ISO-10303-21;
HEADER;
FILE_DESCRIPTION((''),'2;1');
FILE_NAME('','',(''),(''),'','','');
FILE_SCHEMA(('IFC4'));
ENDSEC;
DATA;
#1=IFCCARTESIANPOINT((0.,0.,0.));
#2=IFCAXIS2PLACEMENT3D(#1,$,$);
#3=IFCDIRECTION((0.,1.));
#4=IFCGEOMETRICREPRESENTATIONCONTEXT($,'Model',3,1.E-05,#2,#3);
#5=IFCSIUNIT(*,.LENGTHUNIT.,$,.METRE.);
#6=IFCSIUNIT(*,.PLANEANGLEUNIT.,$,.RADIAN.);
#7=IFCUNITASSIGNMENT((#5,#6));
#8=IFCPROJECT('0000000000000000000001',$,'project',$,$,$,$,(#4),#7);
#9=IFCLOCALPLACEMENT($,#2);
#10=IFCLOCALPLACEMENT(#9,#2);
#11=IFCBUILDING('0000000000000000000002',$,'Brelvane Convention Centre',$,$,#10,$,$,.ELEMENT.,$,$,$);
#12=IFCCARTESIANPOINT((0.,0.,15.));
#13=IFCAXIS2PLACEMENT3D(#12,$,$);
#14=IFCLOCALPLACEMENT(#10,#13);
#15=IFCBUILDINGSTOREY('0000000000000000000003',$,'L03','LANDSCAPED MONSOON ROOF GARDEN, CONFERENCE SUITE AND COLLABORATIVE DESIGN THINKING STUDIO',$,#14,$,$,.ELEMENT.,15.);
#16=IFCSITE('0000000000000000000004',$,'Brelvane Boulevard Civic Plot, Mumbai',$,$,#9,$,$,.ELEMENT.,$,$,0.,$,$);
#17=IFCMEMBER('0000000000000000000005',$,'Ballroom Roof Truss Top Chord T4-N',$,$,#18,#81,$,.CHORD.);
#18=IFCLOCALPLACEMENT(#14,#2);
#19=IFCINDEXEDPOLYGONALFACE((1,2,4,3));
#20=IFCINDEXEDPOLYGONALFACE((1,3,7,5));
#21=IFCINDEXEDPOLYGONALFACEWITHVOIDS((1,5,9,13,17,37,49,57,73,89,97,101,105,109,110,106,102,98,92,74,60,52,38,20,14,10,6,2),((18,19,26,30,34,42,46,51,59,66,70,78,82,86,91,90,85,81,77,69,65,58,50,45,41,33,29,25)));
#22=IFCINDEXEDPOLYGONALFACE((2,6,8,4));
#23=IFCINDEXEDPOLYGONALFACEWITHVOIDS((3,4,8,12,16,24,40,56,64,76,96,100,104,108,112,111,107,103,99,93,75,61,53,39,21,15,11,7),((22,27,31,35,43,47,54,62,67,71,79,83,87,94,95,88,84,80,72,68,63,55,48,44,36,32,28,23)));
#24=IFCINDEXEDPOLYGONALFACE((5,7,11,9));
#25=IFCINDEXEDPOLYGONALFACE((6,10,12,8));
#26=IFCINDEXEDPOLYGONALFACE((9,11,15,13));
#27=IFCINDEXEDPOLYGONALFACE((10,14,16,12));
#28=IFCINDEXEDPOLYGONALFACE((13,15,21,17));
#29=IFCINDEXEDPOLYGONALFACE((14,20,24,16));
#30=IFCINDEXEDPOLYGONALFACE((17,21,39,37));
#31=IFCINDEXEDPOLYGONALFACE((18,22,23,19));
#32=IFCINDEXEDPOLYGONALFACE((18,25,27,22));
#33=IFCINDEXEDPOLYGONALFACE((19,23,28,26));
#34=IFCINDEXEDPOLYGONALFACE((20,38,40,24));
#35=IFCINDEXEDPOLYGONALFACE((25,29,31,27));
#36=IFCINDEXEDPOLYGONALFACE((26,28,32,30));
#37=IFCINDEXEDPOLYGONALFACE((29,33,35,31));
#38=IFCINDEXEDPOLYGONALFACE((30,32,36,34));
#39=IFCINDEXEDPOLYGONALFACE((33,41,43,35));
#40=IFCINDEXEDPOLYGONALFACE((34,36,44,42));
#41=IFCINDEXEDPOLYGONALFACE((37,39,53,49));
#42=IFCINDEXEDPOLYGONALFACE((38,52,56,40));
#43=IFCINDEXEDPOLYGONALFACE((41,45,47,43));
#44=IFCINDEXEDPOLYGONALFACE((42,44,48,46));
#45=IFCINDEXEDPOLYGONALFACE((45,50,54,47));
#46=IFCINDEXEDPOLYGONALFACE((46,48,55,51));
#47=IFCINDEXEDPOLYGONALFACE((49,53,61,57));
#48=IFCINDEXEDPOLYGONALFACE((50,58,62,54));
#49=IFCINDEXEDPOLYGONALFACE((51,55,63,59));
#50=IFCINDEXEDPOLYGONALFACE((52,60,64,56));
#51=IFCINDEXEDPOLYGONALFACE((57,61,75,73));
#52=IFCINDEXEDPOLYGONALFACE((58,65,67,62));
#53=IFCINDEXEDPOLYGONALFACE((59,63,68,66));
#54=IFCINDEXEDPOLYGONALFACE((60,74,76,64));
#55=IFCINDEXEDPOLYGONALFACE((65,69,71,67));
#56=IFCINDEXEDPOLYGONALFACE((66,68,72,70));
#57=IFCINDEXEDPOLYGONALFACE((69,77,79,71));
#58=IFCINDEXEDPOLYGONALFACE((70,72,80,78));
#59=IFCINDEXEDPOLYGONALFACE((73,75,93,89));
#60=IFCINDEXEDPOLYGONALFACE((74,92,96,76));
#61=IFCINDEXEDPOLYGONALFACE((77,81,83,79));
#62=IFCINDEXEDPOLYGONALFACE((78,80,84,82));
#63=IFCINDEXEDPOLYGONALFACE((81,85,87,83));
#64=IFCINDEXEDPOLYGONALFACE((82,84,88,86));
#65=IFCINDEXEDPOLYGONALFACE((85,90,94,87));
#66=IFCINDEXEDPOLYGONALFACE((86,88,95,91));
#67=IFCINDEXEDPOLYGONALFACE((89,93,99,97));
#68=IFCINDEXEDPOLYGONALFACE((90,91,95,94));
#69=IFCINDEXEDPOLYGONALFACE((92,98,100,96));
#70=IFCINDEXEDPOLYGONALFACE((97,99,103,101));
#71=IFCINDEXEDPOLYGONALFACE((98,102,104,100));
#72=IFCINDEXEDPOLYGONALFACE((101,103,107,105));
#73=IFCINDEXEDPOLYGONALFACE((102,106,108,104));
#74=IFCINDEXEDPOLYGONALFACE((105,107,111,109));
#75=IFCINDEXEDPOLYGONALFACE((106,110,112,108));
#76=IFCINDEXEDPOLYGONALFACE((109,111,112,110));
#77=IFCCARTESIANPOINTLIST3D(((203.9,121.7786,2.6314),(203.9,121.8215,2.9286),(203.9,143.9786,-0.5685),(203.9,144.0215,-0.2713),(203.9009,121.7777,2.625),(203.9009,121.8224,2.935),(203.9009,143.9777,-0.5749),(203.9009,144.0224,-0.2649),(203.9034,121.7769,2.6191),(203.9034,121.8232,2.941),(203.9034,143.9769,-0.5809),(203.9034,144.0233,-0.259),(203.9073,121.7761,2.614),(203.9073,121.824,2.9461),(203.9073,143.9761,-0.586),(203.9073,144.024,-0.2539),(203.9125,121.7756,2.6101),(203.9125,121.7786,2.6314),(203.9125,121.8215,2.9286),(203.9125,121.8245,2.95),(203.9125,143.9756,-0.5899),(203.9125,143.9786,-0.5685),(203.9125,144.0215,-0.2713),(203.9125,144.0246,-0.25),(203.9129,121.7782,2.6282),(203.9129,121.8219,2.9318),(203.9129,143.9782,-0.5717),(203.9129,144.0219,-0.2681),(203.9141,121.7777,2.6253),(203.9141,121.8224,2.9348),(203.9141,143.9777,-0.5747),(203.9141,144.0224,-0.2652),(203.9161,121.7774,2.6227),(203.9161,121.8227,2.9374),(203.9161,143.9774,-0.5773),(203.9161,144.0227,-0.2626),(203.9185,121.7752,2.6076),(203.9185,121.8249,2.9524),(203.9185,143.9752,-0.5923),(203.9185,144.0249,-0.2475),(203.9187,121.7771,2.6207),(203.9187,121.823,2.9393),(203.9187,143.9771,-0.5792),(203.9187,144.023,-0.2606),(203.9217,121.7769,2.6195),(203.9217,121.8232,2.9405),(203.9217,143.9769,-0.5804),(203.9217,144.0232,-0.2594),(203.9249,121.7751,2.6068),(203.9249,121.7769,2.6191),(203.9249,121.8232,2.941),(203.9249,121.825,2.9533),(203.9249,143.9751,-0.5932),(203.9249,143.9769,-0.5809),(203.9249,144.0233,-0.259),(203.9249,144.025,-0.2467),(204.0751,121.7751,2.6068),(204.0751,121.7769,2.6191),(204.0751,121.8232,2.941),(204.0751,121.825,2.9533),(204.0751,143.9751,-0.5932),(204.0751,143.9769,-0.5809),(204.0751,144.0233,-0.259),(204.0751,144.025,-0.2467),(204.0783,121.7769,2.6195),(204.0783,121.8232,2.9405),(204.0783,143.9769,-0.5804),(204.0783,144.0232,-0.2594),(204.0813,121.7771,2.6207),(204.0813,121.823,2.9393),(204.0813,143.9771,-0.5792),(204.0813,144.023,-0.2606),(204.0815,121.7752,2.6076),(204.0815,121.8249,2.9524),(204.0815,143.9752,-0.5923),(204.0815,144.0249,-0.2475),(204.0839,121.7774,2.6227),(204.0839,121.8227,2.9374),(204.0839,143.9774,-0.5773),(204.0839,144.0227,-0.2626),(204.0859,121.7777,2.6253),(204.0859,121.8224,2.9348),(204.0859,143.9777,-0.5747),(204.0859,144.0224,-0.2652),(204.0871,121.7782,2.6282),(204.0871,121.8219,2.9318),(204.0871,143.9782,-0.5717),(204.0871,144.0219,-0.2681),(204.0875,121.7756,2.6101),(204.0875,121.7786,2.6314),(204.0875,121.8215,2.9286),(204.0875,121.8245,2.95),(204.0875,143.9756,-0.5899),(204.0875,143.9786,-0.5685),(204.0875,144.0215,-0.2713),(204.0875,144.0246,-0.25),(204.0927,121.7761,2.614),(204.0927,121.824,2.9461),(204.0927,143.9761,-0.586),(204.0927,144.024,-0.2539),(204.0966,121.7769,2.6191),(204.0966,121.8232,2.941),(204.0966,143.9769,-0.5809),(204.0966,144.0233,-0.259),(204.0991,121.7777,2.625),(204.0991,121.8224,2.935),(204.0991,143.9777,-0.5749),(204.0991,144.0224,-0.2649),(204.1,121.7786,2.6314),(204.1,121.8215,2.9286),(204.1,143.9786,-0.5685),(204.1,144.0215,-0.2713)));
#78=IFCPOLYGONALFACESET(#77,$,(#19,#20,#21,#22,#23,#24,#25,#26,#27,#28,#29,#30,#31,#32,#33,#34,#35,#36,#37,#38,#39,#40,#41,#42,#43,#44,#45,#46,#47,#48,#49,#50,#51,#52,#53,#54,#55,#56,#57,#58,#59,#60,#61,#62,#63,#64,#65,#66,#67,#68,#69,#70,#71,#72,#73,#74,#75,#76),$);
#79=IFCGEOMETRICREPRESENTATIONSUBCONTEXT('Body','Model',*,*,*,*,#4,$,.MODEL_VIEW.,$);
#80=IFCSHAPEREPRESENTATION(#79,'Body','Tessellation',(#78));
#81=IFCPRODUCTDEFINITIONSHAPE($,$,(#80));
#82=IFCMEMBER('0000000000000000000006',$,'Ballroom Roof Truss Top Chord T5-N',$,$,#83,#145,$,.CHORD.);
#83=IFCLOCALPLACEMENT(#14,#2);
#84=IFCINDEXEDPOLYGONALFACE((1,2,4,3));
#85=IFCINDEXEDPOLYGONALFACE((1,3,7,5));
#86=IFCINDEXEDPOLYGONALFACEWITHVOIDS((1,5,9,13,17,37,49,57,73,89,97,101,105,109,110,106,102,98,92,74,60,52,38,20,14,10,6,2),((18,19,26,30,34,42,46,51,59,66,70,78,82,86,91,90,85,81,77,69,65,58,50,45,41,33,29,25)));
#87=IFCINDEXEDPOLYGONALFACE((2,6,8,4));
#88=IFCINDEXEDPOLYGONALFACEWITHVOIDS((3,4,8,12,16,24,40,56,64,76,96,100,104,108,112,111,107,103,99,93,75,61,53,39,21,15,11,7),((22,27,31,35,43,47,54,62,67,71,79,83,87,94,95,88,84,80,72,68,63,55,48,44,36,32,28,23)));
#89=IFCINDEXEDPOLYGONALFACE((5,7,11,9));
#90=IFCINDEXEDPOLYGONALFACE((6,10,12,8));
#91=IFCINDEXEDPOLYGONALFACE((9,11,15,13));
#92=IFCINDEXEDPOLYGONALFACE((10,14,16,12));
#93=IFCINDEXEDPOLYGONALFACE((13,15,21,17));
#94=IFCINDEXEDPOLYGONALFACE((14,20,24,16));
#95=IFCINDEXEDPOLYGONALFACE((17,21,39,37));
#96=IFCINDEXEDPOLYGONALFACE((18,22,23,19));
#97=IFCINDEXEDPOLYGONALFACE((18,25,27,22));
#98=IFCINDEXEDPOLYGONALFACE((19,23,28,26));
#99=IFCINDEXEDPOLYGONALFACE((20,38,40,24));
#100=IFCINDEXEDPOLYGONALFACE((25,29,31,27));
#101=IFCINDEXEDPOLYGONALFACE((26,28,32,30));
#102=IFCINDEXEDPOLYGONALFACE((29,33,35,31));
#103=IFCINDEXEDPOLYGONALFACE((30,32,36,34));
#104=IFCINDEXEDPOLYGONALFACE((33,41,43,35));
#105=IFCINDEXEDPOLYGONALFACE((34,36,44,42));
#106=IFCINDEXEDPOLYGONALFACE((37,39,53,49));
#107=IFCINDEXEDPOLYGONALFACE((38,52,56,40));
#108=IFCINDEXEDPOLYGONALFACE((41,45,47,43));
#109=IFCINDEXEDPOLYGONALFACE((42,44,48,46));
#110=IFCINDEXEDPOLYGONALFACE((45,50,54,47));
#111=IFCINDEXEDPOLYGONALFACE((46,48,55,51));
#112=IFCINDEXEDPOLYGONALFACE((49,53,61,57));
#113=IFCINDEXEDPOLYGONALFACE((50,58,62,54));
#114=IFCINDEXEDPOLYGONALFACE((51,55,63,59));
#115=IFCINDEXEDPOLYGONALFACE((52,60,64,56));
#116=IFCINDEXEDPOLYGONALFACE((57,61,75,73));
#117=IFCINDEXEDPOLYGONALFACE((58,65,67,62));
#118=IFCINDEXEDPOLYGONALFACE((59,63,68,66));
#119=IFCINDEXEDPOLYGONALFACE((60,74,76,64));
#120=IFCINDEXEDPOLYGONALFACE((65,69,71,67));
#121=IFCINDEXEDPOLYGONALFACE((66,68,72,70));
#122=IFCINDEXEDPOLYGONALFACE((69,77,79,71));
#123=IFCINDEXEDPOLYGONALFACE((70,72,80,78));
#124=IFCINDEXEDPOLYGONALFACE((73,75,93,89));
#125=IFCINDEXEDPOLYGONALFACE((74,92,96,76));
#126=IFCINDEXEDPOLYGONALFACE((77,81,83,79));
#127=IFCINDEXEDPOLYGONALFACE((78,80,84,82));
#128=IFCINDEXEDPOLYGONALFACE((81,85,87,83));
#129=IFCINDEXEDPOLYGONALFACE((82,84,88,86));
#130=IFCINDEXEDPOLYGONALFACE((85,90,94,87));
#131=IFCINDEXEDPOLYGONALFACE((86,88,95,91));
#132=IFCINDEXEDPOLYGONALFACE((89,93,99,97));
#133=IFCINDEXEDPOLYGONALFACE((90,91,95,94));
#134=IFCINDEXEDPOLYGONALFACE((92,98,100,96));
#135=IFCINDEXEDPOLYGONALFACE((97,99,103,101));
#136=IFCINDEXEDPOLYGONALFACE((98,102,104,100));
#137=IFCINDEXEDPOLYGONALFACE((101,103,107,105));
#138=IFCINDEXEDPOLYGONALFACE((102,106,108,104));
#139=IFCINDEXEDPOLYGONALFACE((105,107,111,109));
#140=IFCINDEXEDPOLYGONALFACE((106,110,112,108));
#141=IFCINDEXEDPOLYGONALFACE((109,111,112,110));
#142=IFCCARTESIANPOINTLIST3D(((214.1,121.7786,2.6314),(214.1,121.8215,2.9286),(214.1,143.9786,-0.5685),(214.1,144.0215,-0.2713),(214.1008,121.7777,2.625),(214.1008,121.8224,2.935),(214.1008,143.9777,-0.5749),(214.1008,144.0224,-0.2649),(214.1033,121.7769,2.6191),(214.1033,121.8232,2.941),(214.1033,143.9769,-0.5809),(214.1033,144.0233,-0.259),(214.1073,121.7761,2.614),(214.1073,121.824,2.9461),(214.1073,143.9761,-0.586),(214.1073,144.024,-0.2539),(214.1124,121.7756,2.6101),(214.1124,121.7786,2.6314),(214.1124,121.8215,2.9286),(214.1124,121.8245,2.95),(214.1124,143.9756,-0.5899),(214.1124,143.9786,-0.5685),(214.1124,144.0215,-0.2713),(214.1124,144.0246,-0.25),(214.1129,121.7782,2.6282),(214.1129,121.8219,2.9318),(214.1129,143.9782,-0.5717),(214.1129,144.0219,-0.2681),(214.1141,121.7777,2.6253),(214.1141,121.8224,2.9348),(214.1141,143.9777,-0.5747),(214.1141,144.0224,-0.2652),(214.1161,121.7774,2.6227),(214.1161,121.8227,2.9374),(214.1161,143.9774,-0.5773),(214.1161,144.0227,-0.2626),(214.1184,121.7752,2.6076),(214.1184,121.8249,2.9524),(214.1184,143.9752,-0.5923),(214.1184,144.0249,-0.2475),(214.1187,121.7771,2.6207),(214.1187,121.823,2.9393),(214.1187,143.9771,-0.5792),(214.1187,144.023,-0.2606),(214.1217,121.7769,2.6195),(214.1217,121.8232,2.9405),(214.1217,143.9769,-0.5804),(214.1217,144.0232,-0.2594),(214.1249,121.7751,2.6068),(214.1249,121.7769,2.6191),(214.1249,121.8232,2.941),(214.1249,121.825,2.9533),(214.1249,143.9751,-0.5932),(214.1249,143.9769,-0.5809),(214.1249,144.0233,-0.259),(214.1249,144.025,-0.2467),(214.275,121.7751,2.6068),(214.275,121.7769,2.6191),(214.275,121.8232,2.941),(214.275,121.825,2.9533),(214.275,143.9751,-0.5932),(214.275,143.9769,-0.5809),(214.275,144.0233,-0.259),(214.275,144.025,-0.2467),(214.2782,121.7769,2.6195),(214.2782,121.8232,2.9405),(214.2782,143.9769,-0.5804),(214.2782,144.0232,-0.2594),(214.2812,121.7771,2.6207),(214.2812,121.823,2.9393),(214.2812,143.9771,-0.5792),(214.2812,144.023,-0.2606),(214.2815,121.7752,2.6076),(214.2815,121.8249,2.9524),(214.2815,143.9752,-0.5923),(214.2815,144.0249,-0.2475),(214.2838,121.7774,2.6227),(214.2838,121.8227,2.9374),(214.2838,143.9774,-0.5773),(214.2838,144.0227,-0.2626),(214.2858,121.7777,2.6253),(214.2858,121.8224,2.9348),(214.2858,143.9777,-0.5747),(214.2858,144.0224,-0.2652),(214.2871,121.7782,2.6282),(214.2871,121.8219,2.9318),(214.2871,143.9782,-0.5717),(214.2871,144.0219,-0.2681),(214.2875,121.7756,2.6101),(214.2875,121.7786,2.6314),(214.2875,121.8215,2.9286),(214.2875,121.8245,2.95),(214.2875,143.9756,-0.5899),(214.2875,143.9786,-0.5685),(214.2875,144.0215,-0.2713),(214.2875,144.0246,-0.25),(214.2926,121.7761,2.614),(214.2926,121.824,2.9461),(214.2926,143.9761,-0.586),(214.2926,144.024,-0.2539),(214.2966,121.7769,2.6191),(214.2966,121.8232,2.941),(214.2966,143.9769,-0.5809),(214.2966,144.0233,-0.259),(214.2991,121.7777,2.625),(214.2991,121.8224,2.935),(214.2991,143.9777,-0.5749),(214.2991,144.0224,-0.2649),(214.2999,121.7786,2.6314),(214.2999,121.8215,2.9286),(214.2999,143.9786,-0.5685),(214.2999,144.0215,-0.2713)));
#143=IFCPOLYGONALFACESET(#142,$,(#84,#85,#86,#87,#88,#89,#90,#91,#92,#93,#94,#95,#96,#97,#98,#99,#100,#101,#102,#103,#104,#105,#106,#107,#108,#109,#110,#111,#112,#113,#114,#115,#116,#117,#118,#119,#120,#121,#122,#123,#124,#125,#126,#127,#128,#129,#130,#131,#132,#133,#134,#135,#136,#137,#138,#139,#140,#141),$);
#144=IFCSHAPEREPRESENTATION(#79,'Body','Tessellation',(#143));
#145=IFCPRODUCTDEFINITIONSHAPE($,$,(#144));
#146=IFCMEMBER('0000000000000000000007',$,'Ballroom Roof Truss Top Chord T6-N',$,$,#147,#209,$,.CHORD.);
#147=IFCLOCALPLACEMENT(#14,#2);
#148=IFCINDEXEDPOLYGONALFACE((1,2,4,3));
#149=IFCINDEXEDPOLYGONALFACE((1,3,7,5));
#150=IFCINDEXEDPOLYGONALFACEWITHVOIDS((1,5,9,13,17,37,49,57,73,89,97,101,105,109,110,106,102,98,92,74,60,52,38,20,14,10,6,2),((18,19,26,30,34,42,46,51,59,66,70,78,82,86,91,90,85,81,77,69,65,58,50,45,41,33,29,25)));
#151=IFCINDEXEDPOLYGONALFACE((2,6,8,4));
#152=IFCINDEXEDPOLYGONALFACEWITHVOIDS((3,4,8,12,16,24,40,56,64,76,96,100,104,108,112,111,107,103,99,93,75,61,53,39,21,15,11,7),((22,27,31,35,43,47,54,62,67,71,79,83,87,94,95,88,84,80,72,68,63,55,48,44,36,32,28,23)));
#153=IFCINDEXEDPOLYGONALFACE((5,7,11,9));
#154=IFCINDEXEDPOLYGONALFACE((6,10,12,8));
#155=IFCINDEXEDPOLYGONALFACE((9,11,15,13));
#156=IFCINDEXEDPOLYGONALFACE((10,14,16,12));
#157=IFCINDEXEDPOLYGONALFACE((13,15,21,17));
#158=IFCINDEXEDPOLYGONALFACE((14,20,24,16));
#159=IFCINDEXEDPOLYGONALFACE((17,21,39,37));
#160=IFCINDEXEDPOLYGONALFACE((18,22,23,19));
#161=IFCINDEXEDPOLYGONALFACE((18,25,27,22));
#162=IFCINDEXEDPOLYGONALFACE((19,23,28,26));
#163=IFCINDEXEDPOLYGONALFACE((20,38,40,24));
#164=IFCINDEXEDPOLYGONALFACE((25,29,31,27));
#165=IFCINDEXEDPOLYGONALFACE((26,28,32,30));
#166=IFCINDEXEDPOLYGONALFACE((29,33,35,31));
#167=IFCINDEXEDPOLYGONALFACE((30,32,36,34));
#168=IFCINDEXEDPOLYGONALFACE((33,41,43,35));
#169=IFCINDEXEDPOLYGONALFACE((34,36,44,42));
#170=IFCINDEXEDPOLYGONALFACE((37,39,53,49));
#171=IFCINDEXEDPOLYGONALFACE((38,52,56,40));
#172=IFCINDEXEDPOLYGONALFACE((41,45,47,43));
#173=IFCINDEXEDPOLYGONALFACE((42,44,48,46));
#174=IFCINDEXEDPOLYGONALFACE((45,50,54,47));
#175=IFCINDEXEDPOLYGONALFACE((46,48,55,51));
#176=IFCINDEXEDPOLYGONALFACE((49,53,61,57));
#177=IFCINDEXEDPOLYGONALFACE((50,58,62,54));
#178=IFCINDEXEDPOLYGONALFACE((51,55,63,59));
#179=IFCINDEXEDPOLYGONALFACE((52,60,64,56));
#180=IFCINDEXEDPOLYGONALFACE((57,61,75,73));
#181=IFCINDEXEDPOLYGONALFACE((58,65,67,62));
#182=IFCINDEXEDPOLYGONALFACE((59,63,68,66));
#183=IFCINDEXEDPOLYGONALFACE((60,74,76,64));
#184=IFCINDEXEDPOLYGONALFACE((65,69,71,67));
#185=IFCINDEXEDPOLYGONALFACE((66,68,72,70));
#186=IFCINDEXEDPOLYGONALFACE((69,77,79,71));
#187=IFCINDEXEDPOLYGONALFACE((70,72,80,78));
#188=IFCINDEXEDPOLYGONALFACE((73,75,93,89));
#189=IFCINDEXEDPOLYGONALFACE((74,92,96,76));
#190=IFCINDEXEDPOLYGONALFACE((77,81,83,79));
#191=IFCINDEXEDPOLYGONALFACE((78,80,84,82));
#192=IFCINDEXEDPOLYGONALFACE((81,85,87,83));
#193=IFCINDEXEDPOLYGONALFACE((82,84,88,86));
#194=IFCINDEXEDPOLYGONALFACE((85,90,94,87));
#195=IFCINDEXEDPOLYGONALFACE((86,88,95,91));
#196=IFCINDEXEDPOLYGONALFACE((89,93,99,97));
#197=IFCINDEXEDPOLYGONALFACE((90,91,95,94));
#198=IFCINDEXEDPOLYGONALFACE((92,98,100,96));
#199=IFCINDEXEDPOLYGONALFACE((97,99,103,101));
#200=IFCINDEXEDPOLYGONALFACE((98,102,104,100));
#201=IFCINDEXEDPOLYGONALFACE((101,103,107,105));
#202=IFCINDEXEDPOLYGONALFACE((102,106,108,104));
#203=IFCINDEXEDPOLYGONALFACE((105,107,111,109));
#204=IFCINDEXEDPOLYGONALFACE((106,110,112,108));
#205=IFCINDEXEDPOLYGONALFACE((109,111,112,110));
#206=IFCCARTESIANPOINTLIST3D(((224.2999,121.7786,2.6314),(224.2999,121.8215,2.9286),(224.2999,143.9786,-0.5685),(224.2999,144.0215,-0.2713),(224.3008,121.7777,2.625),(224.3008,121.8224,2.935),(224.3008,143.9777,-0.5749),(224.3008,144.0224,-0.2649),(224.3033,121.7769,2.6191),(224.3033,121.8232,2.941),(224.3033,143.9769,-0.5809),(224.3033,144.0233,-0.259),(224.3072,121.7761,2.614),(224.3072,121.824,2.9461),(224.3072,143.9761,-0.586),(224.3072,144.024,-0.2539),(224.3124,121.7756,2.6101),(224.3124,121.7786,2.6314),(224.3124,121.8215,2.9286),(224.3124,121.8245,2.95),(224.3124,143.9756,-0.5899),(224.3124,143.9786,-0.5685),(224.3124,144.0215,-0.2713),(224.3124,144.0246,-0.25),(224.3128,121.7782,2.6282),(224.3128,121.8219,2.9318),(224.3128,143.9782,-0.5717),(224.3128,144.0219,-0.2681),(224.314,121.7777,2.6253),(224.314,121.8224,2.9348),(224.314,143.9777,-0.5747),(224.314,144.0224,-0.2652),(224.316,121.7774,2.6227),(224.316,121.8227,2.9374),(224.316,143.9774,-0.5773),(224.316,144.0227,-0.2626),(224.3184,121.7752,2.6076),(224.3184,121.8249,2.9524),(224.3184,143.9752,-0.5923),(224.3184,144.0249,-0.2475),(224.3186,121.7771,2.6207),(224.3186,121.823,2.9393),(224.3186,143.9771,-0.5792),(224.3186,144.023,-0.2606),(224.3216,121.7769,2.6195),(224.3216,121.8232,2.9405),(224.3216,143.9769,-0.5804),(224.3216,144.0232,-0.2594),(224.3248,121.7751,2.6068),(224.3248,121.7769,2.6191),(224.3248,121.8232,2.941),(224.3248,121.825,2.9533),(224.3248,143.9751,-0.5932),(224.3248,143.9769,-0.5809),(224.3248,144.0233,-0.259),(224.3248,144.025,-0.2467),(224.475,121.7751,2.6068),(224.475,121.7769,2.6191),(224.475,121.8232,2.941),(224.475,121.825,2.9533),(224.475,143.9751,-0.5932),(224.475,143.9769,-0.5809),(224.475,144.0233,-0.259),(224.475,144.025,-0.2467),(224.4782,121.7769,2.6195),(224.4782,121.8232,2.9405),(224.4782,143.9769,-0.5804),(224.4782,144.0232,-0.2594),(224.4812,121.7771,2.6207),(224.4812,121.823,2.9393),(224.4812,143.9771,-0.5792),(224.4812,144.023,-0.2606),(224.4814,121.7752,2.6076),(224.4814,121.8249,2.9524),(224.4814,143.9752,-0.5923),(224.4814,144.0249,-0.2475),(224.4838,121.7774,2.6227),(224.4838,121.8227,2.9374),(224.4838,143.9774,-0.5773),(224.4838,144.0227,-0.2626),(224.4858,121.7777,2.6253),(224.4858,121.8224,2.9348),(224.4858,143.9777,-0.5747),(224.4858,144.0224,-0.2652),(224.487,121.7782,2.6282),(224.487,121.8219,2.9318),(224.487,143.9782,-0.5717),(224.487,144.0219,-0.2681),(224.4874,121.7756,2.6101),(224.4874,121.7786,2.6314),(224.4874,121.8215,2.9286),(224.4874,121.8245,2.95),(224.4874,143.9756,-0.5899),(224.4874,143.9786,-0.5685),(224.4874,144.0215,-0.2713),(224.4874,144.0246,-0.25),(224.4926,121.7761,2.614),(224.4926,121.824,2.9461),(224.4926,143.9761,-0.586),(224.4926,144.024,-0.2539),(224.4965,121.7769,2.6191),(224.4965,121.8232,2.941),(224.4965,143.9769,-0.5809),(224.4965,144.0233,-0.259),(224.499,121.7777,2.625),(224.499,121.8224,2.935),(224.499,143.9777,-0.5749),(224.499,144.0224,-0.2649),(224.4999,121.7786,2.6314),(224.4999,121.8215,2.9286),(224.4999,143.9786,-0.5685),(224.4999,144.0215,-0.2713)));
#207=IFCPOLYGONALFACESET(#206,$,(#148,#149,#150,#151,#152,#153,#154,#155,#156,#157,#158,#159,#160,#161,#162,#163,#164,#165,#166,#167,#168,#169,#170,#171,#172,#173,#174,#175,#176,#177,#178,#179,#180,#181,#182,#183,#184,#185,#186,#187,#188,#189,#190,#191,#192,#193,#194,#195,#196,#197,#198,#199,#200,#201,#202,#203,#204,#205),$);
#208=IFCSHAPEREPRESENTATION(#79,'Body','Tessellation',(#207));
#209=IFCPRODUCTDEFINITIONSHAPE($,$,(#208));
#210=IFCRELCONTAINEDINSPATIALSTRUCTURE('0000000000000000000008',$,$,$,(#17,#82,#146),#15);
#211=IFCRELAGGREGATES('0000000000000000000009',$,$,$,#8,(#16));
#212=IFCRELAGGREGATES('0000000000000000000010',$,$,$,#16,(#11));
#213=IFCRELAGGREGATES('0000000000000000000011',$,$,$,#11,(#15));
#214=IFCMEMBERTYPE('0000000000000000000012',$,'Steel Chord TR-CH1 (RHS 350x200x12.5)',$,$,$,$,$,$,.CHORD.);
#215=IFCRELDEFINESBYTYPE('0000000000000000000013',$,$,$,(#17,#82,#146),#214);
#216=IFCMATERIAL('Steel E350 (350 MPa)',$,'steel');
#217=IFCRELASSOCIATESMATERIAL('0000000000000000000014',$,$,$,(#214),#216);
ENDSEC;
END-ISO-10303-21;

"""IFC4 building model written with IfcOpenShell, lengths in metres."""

from ifc_helpers import new_model, si_unit, direction, frame, origin, origin_2d, place, context, subcontext, project, spatial, hollow_rectangle, extrude, material, material_profile, profile_set, type_object, element, save


model = new_model("IFC4")

# Units and contexts
model_context = context("Model", 3, precision=1e-05, world=origin(), true_north=direction((0.0, 1.0)))
body_context = subcontext(model_context, "Body", "Model", "MODEL_VIEW")
ifc_project = project(units=[si_unit("LENGTHUNIT", "METRE"), si_unit("PLANEANGLEUNIT", "RADIAN")], contexts=[model_context])

# Site, building, storey
site_placement = place(None, origin())
site = spatial("IfcSite", under=ifc_project, at=site_placement, Name="Brelvane Boulevard Civic Plot, Mumbai", CompositionType="ELEMENT", RefElevation=0.0)
building_placement = place(site_placement, origin())
building = spatial("IfcBuilding", under=site, at=building_placement, Name="Brelvane Convention Centre", CompositionType="ELEMENT")
storey_placement = place(building_placement, frame((0.0, 0.0, 15.0)))
storey = spatial("IfcBuildingStorey", under=building, at=storey_placement, Name="L03", Description="LANDSCAPED MONSOON ROOF GARDEN, CONFERENCE SUITE AND COLLABORATIVE DESIGN THINKING STUDIO", CompositionType="ELEMENT", Elevation=15.0)

# Members
ifc_material_1 = material(Name="Steel E350 (350 MPa)", Category="steel")
ifc_material_profile_1 = material_profile(ifc_material_1, hollow_rectangle(XDim=0.2, YDim=0.3501, WallThickness=0.0125, InnerFilletRadius=0.0125, OuterFilletRadius=0.0249, at=origin_2d()), Name="RHS 350x200x12.5")
ifc_profile_set_1 = profile_set([ifc_material_profile_1], Name="Steel E350 (350 MPa)")
member_type_1 = type_object("IfcMemberType", Name="Steel Chord TR-CH1 (RHS 350x200x12.5)", PredefinedType="CHORD", material=ifc_profile_set_1)
for number, where, z_axis, x_axis, name in (
    (1, (204.0, 121.8, 2.78), (0.0, 0.989771, -0.142668), (-1.0, 0.0, 0.0), "Ballroom Roof Truss Top Chord T4-N"),
    (2, (214.2, 121.8, 2.78), (0.0, 0.989771, -0.142668), (-1.0, 0.0, 0.0), "Ballroom Roof Truss Top Chord T5-N"),
    (3, (224.3999, 121.8, 2.78), (0.0, 0.989771, -0.142668), (-1.0, 0.0, 0.0), "Ballroom Roof Truss Top Chord T6-N"),
):
    element("IfcMember", number, at=place(storey_placement, frame(where, z_axis=z_axis, x_axis=x_axis)), inside=storey, type_object=member_type_1, Name=name, PredefinedType="CHORD", context=body_context, shape_type="SweptSolid", body=[
        extrude(hollow_rectangle(XDim=0.2, YDim=0.3501, WallThickness=0.0125, InnerFilletRadius=0.0125, OuterFilletRadius=0.0249, at=origin_2d()), origin(), (0.0, 0.0, 1.0), 22.4294),
    ])

save(model, "model.ifc")
